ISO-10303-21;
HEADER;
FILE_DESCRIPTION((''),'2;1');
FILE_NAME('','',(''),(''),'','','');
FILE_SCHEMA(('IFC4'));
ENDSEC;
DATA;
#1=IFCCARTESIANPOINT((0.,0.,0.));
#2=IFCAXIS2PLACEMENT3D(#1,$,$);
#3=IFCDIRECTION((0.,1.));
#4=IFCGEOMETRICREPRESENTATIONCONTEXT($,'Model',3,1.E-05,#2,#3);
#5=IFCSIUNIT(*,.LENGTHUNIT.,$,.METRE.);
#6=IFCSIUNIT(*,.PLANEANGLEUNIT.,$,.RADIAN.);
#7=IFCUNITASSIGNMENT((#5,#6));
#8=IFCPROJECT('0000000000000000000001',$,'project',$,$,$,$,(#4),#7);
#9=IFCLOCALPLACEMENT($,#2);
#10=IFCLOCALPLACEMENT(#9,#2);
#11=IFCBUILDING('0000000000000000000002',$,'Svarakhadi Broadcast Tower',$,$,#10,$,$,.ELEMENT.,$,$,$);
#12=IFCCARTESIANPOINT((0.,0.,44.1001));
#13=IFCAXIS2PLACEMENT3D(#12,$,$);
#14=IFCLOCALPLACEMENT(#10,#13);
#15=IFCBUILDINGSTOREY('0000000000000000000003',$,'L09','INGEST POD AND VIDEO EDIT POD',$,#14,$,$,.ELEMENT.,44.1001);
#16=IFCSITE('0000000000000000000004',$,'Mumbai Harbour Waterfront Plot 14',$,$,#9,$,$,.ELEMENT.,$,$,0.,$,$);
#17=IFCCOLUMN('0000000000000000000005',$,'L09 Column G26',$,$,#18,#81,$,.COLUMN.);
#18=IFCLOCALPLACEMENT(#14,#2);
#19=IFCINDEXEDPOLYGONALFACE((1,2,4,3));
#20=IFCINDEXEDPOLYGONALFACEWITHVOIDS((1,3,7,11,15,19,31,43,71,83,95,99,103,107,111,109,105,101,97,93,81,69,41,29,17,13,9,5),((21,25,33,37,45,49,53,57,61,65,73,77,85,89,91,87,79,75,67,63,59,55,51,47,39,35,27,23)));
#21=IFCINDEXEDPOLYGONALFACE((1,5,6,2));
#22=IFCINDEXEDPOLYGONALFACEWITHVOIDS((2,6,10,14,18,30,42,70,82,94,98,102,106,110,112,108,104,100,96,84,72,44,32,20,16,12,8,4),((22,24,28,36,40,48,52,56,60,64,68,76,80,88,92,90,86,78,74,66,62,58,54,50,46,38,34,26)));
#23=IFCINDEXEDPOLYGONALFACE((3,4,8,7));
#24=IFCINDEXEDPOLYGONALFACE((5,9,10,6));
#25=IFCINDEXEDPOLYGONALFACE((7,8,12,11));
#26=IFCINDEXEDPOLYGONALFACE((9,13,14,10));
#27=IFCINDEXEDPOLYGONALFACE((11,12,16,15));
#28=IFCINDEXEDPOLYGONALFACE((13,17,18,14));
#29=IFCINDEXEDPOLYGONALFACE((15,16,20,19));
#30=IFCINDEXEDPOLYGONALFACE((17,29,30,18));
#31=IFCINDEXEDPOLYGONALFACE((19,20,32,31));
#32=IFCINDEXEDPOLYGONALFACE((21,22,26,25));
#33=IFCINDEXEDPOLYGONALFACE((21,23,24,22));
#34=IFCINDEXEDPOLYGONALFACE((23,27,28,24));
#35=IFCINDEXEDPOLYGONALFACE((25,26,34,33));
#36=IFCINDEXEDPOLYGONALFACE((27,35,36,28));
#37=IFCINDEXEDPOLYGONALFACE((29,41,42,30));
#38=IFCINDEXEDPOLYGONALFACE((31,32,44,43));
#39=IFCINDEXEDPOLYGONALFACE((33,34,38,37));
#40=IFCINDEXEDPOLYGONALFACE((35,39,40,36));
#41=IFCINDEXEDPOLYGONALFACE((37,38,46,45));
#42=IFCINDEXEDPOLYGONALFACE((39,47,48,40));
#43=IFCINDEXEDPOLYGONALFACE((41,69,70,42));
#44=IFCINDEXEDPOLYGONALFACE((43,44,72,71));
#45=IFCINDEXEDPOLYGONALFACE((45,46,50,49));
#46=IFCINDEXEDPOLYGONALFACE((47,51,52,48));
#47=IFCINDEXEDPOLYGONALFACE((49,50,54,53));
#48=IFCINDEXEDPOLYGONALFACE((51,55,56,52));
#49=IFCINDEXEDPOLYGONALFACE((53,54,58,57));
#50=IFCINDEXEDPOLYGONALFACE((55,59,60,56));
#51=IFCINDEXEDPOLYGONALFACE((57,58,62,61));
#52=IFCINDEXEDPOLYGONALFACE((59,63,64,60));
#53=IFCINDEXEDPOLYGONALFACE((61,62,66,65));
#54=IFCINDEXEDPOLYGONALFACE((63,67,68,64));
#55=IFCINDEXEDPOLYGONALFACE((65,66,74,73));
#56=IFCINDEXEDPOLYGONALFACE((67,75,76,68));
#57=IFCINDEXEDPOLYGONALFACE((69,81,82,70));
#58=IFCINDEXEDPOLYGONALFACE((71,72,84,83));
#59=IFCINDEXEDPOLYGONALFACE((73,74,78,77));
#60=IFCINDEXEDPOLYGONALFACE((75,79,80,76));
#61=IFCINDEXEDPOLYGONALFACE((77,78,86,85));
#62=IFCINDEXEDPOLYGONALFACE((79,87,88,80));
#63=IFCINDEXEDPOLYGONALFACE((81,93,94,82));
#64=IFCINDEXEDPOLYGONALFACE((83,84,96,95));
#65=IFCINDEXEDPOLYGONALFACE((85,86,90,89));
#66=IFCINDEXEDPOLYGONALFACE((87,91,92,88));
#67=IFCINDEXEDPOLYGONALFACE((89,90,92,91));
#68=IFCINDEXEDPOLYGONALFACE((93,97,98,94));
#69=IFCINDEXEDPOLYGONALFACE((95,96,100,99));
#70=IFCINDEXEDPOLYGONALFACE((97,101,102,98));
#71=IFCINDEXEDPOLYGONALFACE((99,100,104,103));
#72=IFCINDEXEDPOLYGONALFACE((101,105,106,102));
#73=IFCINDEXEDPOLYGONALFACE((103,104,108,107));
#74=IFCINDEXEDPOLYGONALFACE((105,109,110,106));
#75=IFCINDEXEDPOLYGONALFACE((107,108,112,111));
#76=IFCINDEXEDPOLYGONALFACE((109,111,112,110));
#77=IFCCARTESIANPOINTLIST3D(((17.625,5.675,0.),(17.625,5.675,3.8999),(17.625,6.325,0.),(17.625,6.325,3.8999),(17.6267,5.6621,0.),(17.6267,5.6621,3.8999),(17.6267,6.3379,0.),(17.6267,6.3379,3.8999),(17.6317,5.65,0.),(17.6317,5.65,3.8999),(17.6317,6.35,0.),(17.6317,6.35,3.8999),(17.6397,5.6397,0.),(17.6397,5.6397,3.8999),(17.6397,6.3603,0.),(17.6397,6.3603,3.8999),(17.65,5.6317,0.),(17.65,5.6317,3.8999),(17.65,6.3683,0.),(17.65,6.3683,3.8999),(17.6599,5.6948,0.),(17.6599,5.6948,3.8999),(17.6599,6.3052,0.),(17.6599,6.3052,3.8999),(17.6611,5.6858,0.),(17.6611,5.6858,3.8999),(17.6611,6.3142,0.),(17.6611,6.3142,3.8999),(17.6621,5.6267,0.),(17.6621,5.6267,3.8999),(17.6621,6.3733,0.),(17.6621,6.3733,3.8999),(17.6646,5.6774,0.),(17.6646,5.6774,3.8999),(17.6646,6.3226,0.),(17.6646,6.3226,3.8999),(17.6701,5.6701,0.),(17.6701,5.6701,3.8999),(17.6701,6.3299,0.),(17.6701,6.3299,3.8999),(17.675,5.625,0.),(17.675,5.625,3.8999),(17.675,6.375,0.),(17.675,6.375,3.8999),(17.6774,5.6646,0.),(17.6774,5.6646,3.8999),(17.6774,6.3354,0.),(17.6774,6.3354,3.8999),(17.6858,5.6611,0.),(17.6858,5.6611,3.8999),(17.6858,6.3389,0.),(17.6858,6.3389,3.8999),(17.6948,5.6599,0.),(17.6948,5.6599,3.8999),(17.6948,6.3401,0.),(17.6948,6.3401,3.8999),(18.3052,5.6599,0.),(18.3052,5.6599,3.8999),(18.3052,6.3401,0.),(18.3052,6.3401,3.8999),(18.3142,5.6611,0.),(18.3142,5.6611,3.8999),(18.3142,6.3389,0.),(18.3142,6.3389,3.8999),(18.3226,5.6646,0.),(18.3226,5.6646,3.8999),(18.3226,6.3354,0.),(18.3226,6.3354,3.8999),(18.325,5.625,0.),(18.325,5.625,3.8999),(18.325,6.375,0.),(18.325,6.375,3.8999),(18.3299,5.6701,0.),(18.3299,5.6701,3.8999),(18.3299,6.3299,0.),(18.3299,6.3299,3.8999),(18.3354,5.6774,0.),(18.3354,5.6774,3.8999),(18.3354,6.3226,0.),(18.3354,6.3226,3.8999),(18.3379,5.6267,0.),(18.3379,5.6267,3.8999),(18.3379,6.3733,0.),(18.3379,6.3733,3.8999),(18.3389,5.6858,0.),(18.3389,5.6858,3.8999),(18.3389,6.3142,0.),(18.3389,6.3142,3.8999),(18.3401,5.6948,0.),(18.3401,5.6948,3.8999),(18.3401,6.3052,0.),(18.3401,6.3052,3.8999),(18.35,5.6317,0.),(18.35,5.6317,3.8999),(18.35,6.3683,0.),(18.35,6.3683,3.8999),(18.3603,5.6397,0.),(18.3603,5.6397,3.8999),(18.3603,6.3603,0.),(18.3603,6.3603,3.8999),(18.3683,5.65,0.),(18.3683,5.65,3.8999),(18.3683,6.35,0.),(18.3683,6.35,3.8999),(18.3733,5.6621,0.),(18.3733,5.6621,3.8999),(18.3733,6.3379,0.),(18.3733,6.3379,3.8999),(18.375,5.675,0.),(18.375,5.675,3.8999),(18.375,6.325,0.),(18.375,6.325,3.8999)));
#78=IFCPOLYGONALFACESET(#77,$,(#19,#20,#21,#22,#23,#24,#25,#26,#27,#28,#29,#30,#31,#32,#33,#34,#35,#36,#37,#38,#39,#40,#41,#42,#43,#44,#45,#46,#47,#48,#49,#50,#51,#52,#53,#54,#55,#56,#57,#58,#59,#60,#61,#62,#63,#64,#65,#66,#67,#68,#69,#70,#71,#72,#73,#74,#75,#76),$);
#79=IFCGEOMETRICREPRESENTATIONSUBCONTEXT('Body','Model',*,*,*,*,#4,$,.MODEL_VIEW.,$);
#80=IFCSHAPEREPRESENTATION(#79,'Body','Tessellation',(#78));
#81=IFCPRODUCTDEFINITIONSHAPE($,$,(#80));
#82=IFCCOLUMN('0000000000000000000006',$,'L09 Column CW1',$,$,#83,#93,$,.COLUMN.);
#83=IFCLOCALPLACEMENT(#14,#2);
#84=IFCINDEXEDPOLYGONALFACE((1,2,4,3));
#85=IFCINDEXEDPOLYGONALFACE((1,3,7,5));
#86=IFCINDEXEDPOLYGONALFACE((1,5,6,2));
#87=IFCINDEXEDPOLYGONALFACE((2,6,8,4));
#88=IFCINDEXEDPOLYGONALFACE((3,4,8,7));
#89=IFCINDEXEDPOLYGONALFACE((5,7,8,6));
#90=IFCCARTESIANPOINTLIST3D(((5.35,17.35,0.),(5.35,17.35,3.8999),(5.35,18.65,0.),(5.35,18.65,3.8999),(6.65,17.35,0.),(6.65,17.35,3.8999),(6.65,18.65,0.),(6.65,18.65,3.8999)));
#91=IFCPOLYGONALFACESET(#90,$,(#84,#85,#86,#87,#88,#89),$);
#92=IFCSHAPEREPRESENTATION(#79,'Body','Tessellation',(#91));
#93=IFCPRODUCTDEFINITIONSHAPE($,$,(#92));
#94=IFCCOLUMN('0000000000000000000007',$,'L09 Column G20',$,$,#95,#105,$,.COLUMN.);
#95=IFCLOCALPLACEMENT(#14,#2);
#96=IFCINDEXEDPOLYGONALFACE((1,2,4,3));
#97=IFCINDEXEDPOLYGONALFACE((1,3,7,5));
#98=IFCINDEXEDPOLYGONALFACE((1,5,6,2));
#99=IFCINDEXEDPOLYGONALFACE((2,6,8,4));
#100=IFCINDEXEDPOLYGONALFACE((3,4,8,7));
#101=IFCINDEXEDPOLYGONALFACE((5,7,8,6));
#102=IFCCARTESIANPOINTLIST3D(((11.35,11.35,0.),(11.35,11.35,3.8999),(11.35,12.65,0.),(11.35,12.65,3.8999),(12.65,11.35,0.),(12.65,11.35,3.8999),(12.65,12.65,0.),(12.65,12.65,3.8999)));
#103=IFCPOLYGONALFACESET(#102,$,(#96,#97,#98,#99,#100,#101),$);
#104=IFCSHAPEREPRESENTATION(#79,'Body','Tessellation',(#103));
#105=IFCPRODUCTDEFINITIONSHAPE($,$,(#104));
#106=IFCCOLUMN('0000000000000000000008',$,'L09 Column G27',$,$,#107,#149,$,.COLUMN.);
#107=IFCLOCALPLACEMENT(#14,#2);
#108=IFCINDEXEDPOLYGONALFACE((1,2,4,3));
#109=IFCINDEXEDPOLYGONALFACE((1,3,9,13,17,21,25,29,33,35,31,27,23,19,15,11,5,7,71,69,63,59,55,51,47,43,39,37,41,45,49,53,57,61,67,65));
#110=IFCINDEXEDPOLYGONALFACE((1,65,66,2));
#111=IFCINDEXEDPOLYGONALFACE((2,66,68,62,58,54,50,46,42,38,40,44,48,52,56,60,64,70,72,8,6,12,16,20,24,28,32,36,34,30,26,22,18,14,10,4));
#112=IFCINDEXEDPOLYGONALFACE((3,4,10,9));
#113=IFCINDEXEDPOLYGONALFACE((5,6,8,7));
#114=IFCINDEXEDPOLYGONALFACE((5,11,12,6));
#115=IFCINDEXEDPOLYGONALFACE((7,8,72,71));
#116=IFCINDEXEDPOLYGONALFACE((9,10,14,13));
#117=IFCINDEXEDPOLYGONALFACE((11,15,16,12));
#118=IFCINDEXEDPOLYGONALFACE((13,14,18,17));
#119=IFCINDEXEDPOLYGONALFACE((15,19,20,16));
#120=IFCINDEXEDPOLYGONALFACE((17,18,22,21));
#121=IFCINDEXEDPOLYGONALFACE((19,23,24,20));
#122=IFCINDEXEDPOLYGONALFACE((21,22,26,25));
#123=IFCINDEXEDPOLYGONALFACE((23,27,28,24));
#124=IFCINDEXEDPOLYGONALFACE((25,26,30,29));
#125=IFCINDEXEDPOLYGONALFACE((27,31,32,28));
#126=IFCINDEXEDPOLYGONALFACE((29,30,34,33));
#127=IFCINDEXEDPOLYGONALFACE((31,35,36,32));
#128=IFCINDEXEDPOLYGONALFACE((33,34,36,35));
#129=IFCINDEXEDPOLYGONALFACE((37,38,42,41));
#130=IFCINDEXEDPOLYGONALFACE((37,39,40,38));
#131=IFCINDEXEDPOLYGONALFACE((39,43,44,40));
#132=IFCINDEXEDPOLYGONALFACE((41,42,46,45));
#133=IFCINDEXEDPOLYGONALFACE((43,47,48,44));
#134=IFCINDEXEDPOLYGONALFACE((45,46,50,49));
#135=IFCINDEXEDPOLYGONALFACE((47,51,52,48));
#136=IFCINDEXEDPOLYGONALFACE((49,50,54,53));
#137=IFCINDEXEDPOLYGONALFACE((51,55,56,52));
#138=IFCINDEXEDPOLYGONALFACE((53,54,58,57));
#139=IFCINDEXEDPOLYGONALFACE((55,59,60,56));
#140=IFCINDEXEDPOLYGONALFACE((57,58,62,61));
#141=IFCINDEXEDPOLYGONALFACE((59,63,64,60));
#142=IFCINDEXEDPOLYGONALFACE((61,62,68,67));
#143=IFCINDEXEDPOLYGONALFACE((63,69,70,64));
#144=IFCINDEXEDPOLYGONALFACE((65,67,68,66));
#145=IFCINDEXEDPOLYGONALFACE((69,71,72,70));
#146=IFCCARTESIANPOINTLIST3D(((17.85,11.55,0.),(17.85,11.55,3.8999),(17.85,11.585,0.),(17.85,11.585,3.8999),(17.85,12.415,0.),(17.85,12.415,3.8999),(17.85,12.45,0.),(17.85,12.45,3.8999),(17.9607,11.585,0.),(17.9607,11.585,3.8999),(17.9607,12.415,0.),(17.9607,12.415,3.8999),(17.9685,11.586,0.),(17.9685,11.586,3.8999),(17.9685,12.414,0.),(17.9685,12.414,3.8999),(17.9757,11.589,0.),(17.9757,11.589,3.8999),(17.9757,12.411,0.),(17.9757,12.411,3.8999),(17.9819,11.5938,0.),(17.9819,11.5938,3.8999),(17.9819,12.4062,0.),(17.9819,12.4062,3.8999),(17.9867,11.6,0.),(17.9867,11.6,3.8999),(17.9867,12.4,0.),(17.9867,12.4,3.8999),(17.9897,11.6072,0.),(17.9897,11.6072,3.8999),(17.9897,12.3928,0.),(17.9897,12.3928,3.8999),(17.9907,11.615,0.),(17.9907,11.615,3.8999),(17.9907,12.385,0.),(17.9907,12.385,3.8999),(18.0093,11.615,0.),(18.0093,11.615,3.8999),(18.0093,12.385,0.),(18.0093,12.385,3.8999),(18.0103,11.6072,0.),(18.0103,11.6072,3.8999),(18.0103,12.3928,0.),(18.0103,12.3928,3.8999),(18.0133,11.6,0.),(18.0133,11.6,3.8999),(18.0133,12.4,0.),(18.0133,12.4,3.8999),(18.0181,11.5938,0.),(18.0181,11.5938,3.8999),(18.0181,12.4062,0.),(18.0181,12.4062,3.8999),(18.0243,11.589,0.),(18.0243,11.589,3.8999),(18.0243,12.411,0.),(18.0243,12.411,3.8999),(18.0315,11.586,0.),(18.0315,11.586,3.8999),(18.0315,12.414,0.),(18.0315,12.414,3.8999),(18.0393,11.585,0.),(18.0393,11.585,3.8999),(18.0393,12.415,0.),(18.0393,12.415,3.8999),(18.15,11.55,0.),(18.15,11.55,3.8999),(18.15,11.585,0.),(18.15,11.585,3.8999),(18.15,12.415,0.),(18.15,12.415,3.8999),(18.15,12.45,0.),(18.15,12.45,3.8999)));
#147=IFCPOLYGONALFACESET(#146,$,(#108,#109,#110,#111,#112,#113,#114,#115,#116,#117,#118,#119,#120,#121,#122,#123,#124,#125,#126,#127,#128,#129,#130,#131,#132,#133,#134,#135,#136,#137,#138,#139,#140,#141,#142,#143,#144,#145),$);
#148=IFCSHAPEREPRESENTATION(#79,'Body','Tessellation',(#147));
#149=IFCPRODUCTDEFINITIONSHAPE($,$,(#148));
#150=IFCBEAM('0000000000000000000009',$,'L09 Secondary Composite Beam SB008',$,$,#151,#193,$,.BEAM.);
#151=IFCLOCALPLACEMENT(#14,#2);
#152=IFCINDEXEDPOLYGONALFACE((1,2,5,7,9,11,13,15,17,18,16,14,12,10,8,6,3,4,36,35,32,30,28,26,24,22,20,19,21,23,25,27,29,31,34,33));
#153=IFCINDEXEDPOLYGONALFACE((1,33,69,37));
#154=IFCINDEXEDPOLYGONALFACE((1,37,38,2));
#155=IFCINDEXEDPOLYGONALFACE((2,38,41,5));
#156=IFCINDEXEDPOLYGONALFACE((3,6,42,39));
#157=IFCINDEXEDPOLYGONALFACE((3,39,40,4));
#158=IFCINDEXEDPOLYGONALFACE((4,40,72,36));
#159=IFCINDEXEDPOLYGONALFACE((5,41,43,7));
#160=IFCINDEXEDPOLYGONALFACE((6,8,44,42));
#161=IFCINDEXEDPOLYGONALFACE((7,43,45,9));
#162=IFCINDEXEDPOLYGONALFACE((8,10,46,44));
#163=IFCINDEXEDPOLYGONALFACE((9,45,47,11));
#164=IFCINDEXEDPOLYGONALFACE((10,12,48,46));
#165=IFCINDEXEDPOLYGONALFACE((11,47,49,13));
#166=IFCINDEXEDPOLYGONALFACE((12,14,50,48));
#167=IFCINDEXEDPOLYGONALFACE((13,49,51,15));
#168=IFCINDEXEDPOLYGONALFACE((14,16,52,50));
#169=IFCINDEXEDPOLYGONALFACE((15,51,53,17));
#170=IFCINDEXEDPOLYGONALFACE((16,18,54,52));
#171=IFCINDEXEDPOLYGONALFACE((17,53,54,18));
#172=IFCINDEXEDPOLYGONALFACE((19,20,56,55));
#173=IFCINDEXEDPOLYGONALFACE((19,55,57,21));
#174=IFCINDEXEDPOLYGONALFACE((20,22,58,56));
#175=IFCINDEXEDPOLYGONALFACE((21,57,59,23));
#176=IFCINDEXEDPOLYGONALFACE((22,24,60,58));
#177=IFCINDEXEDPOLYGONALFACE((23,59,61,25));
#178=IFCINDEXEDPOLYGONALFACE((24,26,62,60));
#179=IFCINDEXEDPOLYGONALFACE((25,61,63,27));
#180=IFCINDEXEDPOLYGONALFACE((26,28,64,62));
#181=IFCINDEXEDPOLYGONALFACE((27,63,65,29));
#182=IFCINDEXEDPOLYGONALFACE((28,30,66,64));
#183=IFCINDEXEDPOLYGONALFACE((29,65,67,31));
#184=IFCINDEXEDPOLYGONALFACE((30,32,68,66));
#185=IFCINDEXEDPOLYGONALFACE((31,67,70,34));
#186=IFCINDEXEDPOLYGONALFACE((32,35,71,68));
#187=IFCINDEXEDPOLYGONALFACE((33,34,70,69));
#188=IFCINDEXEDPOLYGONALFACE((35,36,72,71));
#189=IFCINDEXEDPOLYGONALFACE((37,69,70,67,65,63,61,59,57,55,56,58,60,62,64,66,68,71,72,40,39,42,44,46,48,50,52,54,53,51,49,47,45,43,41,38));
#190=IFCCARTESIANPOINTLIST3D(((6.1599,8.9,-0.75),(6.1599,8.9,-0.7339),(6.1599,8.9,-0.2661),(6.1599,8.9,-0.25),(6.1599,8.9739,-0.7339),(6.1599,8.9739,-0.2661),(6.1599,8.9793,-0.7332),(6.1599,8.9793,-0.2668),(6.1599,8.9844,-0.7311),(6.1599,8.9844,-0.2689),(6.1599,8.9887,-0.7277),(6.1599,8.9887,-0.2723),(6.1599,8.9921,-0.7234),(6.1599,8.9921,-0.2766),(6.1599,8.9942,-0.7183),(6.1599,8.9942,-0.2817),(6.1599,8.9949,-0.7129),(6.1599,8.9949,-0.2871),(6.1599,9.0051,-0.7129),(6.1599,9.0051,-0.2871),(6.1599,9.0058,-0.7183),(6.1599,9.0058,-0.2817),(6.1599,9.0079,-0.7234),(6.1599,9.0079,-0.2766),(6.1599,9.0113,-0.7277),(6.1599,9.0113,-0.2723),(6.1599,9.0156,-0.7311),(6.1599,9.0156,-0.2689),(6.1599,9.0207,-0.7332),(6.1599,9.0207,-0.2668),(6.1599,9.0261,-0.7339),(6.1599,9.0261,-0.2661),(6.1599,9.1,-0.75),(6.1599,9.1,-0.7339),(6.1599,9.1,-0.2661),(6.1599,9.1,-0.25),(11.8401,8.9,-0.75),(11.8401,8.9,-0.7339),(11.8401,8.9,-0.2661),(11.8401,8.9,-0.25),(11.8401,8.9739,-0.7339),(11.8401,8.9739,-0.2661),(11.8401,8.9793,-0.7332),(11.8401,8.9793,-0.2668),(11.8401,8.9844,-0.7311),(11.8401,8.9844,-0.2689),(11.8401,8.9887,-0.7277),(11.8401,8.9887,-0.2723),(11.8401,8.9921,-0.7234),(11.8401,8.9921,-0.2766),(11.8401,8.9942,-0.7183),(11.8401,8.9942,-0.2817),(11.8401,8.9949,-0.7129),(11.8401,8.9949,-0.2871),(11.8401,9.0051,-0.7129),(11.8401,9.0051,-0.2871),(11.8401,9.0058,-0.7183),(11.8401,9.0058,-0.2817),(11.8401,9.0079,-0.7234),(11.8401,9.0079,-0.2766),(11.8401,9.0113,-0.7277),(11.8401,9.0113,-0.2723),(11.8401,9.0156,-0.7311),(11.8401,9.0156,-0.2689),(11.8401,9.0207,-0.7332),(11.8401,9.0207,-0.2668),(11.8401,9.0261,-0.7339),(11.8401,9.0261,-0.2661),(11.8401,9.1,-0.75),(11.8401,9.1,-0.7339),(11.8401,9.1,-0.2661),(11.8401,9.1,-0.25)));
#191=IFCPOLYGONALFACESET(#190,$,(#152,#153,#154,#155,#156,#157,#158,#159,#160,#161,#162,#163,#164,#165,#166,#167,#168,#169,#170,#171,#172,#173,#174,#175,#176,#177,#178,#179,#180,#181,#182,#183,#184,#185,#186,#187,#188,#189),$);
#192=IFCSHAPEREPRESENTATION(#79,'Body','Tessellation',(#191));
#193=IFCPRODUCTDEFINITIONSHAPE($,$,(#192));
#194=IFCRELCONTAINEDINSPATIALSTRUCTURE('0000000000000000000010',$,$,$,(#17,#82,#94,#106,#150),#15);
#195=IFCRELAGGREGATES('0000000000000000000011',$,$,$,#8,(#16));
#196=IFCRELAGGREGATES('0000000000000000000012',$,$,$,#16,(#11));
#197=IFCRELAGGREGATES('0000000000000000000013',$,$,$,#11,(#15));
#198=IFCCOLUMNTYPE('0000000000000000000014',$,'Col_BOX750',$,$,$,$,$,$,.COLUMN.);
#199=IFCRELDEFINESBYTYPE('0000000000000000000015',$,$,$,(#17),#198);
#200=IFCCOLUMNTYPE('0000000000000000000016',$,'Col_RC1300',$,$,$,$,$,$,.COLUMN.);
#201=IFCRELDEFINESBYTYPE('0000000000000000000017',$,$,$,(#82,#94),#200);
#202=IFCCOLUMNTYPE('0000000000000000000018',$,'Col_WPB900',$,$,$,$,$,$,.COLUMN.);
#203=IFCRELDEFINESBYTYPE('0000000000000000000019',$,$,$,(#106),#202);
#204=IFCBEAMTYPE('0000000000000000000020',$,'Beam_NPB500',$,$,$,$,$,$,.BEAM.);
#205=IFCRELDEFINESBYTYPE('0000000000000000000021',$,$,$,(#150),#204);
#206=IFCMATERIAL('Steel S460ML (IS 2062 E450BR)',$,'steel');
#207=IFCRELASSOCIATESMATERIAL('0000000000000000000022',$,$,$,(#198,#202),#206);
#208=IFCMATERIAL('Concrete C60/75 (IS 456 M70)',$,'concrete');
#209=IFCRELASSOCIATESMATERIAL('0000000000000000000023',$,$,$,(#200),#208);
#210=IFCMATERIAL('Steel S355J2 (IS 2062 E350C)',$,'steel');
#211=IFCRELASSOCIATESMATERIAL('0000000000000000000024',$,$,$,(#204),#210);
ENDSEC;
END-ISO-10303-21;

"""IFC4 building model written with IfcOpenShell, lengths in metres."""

from ifc_helpers import new_model, si_unit, direction, frame, origin, origin_2d, place, context, subcontext, project, spatial, rectangle, hollow_rectangle, i_section, extrude, material, material_profile, profile_set, type_object, element, save


model = new_model("IFC4")

# Units and contexts
model_context = context("Model", 3, precision=1e-05, world=origin(), true_north=direction((0.0, 1.0)))
body_context = subcontext(model_context, "Body", "Model", "MODEL_VIEW")
ifc_project = project(units=[si_unit("LENGTHUNIT", "METRE"), si_unit("PLANEANGLEUNIT", "RADIAN")], contexts=[model_context])

# Site, building, storey
site_placement = place(None, origin())
site = spatial("IfcSite", under=ifc_project, at=site_placement, Name="Mumbai Harbour Waterfront Plot 14", CompositionType="ELEMENT", RefElevation=0.0)
building_placement = place(site_placement, origin())
building = spatial("IfcBuilding", under=site, at=building_placement, Name="Svarakhadi Broadcast Tower", CompositionType="ELEMENT")
storey_placement = place(building_placement, frame((0.0, 0.0, 44.1001)))
storey = spatial("IfcBuildingStorey", under=building, at=storey_placement, Name="L09", Description="INGEST POD AND VIDEO EDIT POD", CompositionType="ELEMENT", Elevation=44.1001)

# Columns
ifc_material_1 = material(Name="Steel S460ML (IS 2062 E450BR)", Category="steel")
ifc_material_profile_1 = material_profile(ifc_material_1, hollow_rectangle(XDim=0.75, YDim=0.75, WallThickness=0.0349, InnerFilletRadius=0.0349, OuterFilletRadius=0.05, at=origin_2d()), Name="BOX 750x750x35")
ifc_profile_set_1 = profile_set([ifc_material_profile_1], Name="Steel S460ML (IS 2062 E450BR)")
column_type_1 = type_object("IfcColumnType", Name="Col_BOX750", PredefinedType="COLUMN", material=ifc_profile_set_1)
column_1_placement = place(storey_placement, frame((18.0, 6.0, 0.0), z_axis=(0.0, 0.0, 1.0), x_axis=(1.0, 0.0, 0.0)))
element("IfcColumn", 1, at=column_1_placement, inside=storey, type_object=column_type_1, Name="L09 Column G26", PredefinedType="COLUMN", context=body_context, shape_type="SweptSolid", body=[
    extrude(hollow_rectangle(XDim=0.75, YDim=0.75, WallThickness=0.0349, InnerFilletRadius=0.0349, OuterFilletRadius=0.05, at=origin_2d()), origin(), (0.0, 0.0, 1.0), 3.8999),
])
ifc_material_2 = material(Name="Concrete C60/75 (IS 456 M70)", Category="concrete")
ifc_material_profile_2 = material_profile(ifc_material_2, rectangle(XDim=1.3, YDim=1.3, at=origin_2d()), Name="RC 1300x1300")
ifc_profile_set_2 = profile_set([ifc_material_profile_2], Name="Concrete C60/75 (IS 456 M70)")
column_type_2 = type_object("IfcColumnType", Name="Col_RC1300", PredefinedType="COLUMN", material=ifc_profile_set_2)
for number, where, z_axis, x_axis, name in (
    (2, (6.0, 18.0, 0.0), (0.0, 0.0, 1.0), (1.0, 0.0, 0.0), "L09 Column CW1"),
    (3, (12.0, 12.0, 0.0), (0.0, 0.0, 1.0), (1.0, 0.0, 0.0), "L09 Column G20"),
):
    element("IfcColumn", number, at=place(storey_placement, frame(where, z_axis=z_axis, x_axis=x_axis)), inside=storey, type_object=column_type_2, Name=name, PredefinedType="COLUMN", context=body_context, shape_type="SweptSolid", body=[
        extrude(rectangle(XDim=1.3, YDim=1.3, at=origin_2d()), origin(), (0.0, 0.0, 1.0), 3.8999),
    ])
ifc_material_profile_3 = material_profile(ifc_material_1, i_section(OverallWidth=0.3, OverallDepth=0.8999, WebThickness=0.0186, FlangeThickness=0.0349, FilletRadius=0.03, at=origin_2d()), Name="WPB 900x300x291")
ifc_profile_set_3 = profile_set([ifc_material_profile_3], Name="Steel S460ML (IS 2062 E450BR)")
column_type_3 = type_object("IfcColumnType", Name="Col_WPB900", PredefinedType="COLUMN", material=ifc_profile_set_3)
column_2_placement = place(storey_placement, frame((18.0, 12.0, 0.0), z_axis=(0.0, 0.0, 1.0), x_axis=(1.0, 0.0, 0.0)))
element("IfcColumn", 4, at=column_2_placement, inside=storey, type_object=column_type_3, Name="L09 Column G27", PredefinedType="COLUMN", context=body_context, shape_type="SweptSolid", body=[
    extrude(i_section(OverallWidth=0.3, OverallDepth=0.8999, WebThickness=0.0186, FlangeThickness=0.0349, FilletRadius=0.03, at=origin_2d()), origin(), (0.0, 0.0, 1.0), 3.8999),
])

# Beam
ifc_material_3 = material(Name="Steel S355J2 (IS 2062 E350C)", Category="steel")
ifc_material_profile_4 = material_profile(ifc_material_3, i_section(OverallWidth=0.2, OverallDepth=0.5, WebThickness=0.0103, FlangeThickness=0.0161, FilletRadius=0.021, at=origin_2d()), Name="NPB 500x200x91")
ifc_profile_set_4 = profile_set([ifc_material_profile_4], Name="Steel S355J2 (IS 2062 E350C)")
beam_type_1 = type_object("IfcBeamType", Name="Beam_NPB500", PredefinedType="BEAM", material=ifc_profile_set_4)
for number, where, z_axis, x_axis, name in (
    (5, (6.1599, 9.0, -0.5), (1.0, 0.0, 0.0), (0.0, 1.0, 0.0), "L09 Secondary Composite Beam SB008"),
):
    element("IfcBeam", number, at=place(storey_placement, frame(where, z_axis=z_axis, x_axis=x_axis)), inside=storey, type_object=beam_type_1, Name=name, PredefinedType="BEAM", context=body_context, shape_type="SweptSolid", body=[
        extrude(i_section(OverallWidth=0.2, OverallDepth=0.5, WebThickness=0.0103, FlangeThickness=0.0161, FilletRadius=0.021, at=origin_2d()), origin(), (0.0, 0.0, 1.0), 5.6802),
    ])

save(model, "model.ifc")
